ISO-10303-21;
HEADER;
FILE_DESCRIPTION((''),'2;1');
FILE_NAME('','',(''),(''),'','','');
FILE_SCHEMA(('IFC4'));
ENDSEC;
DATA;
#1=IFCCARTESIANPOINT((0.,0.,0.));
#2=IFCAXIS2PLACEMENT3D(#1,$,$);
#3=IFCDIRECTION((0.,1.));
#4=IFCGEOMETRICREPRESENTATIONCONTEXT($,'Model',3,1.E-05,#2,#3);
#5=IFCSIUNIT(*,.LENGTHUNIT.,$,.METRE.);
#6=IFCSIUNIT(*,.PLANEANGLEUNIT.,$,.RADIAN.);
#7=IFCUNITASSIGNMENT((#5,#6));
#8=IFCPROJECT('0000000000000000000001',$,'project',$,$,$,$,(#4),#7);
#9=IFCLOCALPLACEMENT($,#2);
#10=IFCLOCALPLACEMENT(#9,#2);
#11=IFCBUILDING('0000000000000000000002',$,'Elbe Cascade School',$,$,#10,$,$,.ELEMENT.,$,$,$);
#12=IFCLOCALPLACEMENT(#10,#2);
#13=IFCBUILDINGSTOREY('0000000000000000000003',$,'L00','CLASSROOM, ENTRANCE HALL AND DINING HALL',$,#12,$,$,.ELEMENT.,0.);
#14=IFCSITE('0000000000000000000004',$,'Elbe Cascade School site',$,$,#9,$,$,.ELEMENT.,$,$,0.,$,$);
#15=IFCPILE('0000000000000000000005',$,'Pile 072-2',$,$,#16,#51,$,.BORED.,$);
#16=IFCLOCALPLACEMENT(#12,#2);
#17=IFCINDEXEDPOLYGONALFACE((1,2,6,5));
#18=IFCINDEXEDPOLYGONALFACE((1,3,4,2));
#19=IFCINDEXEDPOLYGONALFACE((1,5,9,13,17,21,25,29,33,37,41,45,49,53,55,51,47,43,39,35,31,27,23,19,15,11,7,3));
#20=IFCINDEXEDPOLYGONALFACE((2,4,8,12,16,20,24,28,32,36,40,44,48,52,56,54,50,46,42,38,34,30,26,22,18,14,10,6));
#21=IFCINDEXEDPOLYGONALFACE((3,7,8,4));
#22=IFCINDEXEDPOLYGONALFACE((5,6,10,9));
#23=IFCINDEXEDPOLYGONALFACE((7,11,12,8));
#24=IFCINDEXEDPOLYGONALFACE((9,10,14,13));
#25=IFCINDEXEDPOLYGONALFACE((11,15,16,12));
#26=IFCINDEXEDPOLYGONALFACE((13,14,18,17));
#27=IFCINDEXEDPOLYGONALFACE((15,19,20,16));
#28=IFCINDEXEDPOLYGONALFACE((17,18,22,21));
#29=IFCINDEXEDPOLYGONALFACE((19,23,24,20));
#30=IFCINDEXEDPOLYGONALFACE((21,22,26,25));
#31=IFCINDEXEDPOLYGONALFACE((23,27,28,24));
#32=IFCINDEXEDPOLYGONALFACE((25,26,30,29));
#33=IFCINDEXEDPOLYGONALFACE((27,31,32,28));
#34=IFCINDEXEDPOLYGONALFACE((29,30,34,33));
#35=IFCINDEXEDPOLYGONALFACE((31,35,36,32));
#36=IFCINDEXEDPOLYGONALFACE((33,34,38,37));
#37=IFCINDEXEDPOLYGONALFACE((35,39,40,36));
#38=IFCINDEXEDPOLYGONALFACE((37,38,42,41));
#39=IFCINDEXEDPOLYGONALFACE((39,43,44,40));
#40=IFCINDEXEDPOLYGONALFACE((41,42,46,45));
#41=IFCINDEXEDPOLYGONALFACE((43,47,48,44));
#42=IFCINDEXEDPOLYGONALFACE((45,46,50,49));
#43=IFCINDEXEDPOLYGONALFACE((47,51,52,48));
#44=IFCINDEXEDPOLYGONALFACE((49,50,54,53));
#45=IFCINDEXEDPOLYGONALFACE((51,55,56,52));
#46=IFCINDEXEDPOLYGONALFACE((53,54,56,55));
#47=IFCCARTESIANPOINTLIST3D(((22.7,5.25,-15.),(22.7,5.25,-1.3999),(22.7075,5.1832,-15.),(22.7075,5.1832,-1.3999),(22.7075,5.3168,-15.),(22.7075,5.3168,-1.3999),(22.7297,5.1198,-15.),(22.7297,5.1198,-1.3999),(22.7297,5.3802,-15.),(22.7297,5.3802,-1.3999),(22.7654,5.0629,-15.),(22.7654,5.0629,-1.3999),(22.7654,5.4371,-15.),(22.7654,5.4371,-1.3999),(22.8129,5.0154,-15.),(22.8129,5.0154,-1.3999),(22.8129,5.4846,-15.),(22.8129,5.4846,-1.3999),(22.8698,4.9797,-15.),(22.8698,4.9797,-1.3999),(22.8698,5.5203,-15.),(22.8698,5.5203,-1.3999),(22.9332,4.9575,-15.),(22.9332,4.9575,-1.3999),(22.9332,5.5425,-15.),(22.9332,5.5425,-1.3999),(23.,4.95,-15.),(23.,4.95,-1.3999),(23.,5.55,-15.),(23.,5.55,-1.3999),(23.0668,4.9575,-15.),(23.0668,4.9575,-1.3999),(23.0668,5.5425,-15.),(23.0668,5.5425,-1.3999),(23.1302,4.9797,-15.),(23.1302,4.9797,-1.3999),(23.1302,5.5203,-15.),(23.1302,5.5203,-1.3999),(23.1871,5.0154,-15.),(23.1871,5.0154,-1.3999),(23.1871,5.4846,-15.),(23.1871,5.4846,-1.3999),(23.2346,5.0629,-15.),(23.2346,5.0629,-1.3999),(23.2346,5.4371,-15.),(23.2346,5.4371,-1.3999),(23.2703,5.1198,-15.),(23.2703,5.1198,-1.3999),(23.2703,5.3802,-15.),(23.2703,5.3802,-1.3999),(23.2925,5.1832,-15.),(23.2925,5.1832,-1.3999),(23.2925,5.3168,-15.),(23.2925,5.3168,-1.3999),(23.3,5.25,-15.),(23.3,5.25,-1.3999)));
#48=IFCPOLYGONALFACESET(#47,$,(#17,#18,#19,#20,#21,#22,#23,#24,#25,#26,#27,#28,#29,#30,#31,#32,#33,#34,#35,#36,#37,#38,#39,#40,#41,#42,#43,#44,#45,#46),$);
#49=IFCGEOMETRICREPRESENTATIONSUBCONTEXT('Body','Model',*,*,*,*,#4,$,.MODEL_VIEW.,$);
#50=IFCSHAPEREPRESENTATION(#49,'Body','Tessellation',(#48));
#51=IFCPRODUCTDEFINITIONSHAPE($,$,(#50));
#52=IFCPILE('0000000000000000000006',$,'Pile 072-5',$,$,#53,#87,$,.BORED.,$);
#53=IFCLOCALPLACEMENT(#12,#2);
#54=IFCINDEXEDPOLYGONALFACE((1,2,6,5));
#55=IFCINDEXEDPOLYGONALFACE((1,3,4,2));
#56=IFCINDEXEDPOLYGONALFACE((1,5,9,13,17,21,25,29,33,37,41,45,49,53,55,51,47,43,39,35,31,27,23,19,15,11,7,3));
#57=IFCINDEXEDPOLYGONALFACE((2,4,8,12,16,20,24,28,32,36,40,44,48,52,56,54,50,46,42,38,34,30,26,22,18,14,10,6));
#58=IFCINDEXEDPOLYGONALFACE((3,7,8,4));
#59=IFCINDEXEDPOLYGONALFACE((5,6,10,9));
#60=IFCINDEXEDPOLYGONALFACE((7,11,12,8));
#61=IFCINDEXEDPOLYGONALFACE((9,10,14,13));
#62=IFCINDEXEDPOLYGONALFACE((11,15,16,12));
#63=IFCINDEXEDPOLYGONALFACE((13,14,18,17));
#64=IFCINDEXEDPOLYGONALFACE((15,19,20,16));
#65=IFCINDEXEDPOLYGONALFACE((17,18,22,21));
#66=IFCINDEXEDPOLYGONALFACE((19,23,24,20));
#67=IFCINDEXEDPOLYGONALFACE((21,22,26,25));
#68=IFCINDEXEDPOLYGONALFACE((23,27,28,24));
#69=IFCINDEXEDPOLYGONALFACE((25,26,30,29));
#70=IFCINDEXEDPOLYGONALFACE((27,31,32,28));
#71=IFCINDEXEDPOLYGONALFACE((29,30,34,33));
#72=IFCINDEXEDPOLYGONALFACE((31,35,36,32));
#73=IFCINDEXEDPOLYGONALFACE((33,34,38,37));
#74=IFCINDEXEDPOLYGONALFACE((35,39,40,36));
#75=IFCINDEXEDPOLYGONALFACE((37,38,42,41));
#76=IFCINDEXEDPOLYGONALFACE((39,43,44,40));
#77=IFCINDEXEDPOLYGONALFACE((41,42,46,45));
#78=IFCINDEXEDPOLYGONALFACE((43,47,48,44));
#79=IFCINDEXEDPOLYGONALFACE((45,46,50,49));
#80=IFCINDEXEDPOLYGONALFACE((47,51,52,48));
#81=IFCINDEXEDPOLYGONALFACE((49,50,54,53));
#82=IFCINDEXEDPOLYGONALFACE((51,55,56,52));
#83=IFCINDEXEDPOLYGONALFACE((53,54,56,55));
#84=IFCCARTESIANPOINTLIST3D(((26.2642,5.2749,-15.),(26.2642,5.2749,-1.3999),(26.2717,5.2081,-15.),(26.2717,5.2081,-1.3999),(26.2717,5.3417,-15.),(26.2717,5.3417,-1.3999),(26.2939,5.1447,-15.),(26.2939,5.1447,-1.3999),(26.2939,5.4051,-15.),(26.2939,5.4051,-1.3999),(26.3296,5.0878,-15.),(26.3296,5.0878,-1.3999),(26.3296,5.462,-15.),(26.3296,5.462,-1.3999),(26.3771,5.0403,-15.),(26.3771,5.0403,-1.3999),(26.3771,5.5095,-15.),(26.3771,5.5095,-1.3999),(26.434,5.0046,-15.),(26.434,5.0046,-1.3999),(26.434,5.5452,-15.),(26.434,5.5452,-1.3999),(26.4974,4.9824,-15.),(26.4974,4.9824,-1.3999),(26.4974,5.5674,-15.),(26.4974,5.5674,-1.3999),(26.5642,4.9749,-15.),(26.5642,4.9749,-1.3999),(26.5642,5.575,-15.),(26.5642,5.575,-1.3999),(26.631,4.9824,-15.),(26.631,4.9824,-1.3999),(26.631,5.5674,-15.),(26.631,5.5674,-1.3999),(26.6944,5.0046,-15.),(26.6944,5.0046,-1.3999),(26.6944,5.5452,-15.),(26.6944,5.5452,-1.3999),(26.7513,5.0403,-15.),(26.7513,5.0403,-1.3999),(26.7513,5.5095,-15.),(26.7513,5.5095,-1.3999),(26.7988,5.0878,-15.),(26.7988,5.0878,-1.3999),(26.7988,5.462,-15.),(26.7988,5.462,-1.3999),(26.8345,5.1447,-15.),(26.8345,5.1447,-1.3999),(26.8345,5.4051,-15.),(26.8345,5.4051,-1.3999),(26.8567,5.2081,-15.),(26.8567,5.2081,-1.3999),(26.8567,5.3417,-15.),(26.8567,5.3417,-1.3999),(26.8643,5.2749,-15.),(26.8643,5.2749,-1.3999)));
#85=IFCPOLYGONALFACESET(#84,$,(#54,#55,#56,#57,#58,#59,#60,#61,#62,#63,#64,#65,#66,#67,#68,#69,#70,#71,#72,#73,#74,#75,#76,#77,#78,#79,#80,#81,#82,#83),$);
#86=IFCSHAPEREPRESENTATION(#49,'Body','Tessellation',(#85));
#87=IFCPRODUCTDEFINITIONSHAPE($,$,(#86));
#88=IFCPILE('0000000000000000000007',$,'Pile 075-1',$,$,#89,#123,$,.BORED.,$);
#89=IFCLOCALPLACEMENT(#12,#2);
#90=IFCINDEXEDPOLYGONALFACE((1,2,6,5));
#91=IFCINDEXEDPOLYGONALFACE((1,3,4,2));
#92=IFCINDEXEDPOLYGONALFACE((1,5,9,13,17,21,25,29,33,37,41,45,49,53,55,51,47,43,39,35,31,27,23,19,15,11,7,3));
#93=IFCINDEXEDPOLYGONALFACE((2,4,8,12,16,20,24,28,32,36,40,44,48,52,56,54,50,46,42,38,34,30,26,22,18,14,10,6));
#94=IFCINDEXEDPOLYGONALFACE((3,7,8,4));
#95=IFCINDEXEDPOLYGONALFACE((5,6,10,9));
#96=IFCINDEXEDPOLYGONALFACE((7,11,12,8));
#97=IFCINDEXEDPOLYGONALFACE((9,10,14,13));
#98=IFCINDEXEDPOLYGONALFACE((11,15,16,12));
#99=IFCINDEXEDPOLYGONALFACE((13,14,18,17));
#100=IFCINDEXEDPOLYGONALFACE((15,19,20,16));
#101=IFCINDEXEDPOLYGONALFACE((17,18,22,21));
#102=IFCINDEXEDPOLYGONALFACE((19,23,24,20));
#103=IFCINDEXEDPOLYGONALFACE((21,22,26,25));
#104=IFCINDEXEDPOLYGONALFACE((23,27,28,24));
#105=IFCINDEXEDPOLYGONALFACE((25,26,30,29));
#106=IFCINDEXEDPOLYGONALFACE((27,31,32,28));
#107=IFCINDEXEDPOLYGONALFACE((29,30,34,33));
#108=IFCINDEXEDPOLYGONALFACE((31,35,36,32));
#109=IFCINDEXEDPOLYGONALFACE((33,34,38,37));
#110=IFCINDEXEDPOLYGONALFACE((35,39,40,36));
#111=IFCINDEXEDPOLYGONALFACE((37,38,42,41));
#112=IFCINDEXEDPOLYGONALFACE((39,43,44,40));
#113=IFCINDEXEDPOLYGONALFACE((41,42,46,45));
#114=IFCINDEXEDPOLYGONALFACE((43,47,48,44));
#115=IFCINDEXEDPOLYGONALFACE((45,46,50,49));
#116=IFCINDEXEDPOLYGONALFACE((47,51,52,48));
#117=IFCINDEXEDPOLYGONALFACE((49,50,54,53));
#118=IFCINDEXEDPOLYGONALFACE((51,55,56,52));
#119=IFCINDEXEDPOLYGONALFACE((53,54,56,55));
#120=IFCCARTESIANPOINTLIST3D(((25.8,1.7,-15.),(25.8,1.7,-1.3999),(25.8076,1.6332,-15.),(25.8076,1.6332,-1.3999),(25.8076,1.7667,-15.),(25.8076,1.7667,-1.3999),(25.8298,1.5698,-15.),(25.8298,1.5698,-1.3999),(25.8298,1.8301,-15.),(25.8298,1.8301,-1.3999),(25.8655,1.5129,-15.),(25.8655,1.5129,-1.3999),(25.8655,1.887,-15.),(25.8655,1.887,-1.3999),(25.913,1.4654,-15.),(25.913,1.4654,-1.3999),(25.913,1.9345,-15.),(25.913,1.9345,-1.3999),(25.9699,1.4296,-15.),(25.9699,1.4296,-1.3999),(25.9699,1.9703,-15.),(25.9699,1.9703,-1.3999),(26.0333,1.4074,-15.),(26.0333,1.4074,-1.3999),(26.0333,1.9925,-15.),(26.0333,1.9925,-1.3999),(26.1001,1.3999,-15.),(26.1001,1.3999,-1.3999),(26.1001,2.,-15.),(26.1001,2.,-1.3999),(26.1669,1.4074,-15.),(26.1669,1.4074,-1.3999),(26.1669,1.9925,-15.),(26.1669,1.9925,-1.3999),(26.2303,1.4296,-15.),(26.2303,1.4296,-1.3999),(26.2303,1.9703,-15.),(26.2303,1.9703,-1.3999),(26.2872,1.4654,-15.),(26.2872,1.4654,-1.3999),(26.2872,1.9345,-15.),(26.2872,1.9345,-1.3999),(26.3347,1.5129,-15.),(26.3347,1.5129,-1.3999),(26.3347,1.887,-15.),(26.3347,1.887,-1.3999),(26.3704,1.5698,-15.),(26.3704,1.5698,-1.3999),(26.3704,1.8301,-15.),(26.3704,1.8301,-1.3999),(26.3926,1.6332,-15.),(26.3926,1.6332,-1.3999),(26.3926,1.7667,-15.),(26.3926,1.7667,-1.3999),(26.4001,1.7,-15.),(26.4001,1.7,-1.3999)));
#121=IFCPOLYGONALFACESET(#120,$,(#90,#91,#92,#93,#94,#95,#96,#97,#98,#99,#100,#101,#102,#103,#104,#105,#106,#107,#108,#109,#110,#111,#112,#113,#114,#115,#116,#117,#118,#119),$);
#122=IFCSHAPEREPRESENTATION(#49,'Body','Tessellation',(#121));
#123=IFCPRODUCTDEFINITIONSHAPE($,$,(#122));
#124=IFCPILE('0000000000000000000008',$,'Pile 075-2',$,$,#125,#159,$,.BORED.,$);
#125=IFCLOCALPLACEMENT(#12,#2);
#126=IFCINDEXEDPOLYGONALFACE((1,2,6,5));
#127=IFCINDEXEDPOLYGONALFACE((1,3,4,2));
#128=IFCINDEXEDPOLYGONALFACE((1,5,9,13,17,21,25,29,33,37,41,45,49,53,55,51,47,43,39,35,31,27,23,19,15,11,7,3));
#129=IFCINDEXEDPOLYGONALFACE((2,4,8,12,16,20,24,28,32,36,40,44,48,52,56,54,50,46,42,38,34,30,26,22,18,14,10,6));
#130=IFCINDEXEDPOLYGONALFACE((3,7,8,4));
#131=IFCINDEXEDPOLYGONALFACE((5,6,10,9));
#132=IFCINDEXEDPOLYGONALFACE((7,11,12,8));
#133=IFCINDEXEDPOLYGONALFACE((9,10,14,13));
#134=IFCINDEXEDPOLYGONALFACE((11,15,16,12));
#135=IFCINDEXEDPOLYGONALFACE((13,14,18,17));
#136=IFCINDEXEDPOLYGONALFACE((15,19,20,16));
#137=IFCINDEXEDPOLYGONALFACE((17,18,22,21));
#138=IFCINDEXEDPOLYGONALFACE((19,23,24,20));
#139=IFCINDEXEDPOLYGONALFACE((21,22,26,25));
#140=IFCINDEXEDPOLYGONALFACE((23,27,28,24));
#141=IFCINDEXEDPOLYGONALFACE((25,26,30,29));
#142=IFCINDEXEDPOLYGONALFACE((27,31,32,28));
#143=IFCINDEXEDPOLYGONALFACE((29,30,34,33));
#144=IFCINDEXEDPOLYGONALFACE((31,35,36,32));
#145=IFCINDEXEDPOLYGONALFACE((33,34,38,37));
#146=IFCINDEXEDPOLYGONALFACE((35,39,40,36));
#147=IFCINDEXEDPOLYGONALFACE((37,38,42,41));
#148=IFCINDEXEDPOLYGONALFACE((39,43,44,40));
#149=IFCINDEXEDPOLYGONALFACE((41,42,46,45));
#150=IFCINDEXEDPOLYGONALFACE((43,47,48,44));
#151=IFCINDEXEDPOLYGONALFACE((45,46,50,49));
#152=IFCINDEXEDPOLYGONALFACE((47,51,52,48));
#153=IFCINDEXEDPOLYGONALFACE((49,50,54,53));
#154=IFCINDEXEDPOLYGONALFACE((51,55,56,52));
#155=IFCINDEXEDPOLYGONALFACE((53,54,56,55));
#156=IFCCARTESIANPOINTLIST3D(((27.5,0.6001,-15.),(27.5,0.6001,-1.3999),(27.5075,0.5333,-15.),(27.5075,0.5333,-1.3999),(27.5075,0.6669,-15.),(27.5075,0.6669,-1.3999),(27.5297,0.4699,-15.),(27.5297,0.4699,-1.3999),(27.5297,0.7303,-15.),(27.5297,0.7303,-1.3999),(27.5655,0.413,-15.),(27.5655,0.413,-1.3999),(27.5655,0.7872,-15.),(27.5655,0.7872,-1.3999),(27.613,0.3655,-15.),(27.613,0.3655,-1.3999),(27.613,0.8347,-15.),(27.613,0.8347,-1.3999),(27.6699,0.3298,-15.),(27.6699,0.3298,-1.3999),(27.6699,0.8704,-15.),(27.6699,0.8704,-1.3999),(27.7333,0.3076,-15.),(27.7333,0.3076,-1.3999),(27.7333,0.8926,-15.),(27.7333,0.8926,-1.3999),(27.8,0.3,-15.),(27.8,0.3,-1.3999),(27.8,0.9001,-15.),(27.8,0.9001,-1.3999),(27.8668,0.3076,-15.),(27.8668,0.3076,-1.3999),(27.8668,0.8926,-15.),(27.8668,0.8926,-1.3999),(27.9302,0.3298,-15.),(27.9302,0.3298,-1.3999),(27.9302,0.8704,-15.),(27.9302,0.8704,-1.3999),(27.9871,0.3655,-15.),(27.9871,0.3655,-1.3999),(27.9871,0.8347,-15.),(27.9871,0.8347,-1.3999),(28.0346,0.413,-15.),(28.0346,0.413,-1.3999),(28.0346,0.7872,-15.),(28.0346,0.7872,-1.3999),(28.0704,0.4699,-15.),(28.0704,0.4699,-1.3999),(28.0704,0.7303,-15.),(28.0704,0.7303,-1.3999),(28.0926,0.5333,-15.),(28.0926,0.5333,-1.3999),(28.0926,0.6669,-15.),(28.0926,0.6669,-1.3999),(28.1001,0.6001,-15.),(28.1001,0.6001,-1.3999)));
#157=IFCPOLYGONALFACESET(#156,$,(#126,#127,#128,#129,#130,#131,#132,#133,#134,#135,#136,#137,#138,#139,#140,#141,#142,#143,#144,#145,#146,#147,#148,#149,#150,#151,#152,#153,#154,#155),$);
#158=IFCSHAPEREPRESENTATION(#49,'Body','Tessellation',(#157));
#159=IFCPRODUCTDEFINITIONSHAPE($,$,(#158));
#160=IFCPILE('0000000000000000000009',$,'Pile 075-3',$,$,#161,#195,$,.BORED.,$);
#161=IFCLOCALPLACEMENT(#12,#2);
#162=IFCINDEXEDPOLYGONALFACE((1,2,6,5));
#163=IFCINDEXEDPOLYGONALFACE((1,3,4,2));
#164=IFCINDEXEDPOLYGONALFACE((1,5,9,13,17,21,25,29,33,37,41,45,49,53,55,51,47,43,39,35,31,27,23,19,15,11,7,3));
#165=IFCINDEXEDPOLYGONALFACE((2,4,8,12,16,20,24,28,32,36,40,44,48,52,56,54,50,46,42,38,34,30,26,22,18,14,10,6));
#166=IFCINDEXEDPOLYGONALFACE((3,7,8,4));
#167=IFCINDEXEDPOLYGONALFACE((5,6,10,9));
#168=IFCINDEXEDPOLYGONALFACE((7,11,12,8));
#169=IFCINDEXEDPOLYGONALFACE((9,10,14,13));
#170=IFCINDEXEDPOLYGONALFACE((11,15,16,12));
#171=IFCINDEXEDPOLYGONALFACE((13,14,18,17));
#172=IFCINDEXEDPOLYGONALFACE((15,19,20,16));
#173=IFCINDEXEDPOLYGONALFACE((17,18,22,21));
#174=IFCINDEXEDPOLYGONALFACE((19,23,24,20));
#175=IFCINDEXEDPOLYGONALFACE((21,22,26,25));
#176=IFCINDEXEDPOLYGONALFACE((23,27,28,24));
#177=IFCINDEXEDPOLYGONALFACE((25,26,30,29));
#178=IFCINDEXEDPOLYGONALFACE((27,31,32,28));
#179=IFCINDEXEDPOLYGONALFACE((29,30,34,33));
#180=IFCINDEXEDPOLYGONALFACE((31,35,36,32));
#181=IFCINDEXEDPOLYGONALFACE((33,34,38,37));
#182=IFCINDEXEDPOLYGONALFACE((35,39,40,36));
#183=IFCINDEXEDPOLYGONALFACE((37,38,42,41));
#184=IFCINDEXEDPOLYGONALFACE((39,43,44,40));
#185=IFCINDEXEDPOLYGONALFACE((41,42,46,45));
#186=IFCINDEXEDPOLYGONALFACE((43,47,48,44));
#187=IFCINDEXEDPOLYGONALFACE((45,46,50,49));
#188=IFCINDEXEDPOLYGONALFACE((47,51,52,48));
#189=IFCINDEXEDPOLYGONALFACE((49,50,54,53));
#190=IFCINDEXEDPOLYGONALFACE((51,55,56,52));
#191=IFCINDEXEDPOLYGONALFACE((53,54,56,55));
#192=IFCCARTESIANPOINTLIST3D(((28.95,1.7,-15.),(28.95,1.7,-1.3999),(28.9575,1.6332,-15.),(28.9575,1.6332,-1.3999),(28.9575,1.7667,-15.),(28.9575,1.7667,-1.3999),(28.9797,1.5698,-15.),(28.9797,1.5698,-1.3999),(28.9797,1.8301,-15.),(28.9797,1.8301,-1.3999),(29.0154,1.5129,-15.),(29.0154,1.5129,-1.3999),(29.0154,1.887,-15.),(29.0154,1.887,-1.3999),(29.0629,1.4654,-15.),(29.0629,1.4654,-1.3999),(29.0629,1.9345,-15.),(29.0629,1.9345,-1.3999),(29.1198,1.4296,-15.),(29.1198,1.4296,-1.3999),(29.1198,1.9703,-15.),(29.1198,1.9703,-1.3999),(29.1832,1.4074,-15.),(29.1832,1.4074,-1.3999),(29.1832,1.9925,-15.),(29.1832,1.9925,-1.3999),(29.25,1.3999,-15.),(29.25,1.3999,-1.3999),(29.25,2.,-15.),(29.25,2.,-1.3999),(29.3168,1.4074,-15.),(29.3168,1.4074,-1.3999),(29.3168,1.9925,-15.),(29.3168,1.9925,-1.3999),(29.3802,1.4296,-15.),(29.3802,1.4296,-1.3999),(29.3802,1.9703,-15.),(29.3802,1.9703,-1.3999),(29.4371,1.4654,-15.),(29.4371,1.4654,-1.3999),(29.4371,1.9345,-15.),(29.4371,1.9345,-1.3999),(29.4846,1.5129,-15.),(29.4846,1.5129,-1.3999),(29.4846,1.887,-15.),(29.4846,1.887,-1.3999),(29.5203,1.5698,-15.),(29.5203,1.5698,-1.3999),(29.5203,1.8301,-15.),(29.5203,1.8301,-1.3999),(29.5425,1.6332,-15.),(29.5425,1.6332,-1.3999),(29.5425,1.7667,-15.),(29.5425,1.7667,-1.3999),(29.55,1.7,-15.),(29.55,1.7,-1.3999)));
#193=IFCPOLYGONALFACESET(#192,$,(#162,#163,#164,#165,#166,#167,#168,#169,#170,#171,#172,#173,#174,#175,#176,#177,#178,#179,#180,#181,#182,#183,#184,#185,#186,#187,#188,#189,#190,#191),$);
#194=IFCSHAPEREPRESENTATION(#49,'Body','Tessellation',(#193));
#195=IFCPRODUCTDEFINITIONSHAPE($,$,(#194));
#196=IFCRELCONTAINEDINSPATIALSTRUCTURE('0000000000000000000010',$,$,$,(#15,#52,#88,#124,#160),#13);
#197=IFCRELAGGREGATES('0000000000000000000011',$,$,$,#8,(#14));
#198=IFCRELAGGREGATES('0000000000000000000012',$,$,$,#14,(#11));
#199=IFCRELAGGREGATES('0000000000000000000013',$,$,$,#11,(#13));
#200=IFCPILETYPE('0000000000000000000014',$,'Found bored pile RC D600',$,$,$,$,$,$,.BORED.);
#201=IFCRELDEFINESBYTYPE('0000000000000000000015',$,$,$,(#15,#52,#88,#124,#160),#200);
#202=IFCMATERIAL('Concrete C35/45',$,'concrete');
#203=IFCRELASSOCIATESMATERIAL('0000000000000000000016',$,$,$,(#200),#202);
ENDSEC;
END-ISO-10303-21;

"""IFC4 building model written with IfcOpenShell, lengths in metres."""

from ifc_helpers import new_model, si_unit, direction, frame, origin, origin_2d, place, context, subcontext, project, spatial, circle, extrude, material, material_profile, profile_set, type_object, element, save


model = new_model("IFC4")

# Units and contexts
model_context = context("Model", 3, precision=1e-05, world=origin(), true_north=direction((0.0, 1.0)))
body_context = subcontext(model_context, "Body", "Model", "MODEL_VIEW")
ifc_project = project(units=[si_unit("LENGTHUNIT", "METRE"), si_unit("PLANEANGLEUNIT", "RADIAN")], contexts=[model_context])

# Site, building, storey
site_placement = place(None, origin())
site = spatial("IfcSite", under=ifc_project, at=site_placement, Name="Elbe Cascade School site", CompositionType="ELEMENT", RefElevation=0.0)
building_placement = place(site_placement, origin())
building = spatial("IfcBuilding", under=site, at=building_placement, Name="Elbe Cascade School", CompositionType="ELEMENT")
storey_placement = place(building_placement, origin())
storey = spatial("IfcBuildingStorey", under=building, at=storey_placement, Name="L00", Description="CLASSROOM, ENTRANCE HALL AND DINING HALL", CompositionType="ELEMENT", Elevation=0.0)

# Piles
ifc_material_1 = material(Name="Concrete C35/45", Category="concrete")
ifc_material_profile_1 = material_profile(ifc_material_1, circle(Radius=0.3, at=origin_2d()), Name="RC D600")
ifc_profile_set_1 = profile_set([ifc_material_profile_1], Name="Concrete C35/45")
pile_type = type_object("IfcPileType", Name="Found bored pile RC D600", PredefinedType="BORED", material=ifc_profile_set_1)
for number, where, z_axis, x_axis, name in (
    (1, (23.0, 5.25, -1.3999), (0.0, 0.0, -1.0), (1.0, 0.0, 0.0), "Pile 072-2"),
    (2, (26.5642, 5.2749, -1.3999), (0.0, 0.0, -1.0), (1.0, 0.0, 0.0), "Pile 072-5"),
    (3, (26.1001, 1.7, -1.3999), (0.0, 0.0, -1.0), (1.0, 0.0, 0.0), "Pile 075-1"),
    (4, (27.8, 0.6001, -1.3999), (0.0, 0.0, -1.0), (1.0, 0.0, 0.0), "Pile 075-2"),
    (5, (29.25, 1.7, -1.3999), (0.0, 0.0, -1.0), (1.0, 0.0, 0.0), "Pile 075-3"),
):
    element("IfcPile", number, at=place(storey_placement, frame(where, z_axis=z_axis, x_axis=x_axis)), inside=storey, type_object=pile_type, Name=name, PredefinedType="BORED", context=body_context, shape_type="SweptSolid", body=[
        extrude(circle(Radius=0.3, at=origin_2d()), origin(), (0.0, 0.0, 1.0), 13.6001),
    ])

save(model, "model.ifc")
